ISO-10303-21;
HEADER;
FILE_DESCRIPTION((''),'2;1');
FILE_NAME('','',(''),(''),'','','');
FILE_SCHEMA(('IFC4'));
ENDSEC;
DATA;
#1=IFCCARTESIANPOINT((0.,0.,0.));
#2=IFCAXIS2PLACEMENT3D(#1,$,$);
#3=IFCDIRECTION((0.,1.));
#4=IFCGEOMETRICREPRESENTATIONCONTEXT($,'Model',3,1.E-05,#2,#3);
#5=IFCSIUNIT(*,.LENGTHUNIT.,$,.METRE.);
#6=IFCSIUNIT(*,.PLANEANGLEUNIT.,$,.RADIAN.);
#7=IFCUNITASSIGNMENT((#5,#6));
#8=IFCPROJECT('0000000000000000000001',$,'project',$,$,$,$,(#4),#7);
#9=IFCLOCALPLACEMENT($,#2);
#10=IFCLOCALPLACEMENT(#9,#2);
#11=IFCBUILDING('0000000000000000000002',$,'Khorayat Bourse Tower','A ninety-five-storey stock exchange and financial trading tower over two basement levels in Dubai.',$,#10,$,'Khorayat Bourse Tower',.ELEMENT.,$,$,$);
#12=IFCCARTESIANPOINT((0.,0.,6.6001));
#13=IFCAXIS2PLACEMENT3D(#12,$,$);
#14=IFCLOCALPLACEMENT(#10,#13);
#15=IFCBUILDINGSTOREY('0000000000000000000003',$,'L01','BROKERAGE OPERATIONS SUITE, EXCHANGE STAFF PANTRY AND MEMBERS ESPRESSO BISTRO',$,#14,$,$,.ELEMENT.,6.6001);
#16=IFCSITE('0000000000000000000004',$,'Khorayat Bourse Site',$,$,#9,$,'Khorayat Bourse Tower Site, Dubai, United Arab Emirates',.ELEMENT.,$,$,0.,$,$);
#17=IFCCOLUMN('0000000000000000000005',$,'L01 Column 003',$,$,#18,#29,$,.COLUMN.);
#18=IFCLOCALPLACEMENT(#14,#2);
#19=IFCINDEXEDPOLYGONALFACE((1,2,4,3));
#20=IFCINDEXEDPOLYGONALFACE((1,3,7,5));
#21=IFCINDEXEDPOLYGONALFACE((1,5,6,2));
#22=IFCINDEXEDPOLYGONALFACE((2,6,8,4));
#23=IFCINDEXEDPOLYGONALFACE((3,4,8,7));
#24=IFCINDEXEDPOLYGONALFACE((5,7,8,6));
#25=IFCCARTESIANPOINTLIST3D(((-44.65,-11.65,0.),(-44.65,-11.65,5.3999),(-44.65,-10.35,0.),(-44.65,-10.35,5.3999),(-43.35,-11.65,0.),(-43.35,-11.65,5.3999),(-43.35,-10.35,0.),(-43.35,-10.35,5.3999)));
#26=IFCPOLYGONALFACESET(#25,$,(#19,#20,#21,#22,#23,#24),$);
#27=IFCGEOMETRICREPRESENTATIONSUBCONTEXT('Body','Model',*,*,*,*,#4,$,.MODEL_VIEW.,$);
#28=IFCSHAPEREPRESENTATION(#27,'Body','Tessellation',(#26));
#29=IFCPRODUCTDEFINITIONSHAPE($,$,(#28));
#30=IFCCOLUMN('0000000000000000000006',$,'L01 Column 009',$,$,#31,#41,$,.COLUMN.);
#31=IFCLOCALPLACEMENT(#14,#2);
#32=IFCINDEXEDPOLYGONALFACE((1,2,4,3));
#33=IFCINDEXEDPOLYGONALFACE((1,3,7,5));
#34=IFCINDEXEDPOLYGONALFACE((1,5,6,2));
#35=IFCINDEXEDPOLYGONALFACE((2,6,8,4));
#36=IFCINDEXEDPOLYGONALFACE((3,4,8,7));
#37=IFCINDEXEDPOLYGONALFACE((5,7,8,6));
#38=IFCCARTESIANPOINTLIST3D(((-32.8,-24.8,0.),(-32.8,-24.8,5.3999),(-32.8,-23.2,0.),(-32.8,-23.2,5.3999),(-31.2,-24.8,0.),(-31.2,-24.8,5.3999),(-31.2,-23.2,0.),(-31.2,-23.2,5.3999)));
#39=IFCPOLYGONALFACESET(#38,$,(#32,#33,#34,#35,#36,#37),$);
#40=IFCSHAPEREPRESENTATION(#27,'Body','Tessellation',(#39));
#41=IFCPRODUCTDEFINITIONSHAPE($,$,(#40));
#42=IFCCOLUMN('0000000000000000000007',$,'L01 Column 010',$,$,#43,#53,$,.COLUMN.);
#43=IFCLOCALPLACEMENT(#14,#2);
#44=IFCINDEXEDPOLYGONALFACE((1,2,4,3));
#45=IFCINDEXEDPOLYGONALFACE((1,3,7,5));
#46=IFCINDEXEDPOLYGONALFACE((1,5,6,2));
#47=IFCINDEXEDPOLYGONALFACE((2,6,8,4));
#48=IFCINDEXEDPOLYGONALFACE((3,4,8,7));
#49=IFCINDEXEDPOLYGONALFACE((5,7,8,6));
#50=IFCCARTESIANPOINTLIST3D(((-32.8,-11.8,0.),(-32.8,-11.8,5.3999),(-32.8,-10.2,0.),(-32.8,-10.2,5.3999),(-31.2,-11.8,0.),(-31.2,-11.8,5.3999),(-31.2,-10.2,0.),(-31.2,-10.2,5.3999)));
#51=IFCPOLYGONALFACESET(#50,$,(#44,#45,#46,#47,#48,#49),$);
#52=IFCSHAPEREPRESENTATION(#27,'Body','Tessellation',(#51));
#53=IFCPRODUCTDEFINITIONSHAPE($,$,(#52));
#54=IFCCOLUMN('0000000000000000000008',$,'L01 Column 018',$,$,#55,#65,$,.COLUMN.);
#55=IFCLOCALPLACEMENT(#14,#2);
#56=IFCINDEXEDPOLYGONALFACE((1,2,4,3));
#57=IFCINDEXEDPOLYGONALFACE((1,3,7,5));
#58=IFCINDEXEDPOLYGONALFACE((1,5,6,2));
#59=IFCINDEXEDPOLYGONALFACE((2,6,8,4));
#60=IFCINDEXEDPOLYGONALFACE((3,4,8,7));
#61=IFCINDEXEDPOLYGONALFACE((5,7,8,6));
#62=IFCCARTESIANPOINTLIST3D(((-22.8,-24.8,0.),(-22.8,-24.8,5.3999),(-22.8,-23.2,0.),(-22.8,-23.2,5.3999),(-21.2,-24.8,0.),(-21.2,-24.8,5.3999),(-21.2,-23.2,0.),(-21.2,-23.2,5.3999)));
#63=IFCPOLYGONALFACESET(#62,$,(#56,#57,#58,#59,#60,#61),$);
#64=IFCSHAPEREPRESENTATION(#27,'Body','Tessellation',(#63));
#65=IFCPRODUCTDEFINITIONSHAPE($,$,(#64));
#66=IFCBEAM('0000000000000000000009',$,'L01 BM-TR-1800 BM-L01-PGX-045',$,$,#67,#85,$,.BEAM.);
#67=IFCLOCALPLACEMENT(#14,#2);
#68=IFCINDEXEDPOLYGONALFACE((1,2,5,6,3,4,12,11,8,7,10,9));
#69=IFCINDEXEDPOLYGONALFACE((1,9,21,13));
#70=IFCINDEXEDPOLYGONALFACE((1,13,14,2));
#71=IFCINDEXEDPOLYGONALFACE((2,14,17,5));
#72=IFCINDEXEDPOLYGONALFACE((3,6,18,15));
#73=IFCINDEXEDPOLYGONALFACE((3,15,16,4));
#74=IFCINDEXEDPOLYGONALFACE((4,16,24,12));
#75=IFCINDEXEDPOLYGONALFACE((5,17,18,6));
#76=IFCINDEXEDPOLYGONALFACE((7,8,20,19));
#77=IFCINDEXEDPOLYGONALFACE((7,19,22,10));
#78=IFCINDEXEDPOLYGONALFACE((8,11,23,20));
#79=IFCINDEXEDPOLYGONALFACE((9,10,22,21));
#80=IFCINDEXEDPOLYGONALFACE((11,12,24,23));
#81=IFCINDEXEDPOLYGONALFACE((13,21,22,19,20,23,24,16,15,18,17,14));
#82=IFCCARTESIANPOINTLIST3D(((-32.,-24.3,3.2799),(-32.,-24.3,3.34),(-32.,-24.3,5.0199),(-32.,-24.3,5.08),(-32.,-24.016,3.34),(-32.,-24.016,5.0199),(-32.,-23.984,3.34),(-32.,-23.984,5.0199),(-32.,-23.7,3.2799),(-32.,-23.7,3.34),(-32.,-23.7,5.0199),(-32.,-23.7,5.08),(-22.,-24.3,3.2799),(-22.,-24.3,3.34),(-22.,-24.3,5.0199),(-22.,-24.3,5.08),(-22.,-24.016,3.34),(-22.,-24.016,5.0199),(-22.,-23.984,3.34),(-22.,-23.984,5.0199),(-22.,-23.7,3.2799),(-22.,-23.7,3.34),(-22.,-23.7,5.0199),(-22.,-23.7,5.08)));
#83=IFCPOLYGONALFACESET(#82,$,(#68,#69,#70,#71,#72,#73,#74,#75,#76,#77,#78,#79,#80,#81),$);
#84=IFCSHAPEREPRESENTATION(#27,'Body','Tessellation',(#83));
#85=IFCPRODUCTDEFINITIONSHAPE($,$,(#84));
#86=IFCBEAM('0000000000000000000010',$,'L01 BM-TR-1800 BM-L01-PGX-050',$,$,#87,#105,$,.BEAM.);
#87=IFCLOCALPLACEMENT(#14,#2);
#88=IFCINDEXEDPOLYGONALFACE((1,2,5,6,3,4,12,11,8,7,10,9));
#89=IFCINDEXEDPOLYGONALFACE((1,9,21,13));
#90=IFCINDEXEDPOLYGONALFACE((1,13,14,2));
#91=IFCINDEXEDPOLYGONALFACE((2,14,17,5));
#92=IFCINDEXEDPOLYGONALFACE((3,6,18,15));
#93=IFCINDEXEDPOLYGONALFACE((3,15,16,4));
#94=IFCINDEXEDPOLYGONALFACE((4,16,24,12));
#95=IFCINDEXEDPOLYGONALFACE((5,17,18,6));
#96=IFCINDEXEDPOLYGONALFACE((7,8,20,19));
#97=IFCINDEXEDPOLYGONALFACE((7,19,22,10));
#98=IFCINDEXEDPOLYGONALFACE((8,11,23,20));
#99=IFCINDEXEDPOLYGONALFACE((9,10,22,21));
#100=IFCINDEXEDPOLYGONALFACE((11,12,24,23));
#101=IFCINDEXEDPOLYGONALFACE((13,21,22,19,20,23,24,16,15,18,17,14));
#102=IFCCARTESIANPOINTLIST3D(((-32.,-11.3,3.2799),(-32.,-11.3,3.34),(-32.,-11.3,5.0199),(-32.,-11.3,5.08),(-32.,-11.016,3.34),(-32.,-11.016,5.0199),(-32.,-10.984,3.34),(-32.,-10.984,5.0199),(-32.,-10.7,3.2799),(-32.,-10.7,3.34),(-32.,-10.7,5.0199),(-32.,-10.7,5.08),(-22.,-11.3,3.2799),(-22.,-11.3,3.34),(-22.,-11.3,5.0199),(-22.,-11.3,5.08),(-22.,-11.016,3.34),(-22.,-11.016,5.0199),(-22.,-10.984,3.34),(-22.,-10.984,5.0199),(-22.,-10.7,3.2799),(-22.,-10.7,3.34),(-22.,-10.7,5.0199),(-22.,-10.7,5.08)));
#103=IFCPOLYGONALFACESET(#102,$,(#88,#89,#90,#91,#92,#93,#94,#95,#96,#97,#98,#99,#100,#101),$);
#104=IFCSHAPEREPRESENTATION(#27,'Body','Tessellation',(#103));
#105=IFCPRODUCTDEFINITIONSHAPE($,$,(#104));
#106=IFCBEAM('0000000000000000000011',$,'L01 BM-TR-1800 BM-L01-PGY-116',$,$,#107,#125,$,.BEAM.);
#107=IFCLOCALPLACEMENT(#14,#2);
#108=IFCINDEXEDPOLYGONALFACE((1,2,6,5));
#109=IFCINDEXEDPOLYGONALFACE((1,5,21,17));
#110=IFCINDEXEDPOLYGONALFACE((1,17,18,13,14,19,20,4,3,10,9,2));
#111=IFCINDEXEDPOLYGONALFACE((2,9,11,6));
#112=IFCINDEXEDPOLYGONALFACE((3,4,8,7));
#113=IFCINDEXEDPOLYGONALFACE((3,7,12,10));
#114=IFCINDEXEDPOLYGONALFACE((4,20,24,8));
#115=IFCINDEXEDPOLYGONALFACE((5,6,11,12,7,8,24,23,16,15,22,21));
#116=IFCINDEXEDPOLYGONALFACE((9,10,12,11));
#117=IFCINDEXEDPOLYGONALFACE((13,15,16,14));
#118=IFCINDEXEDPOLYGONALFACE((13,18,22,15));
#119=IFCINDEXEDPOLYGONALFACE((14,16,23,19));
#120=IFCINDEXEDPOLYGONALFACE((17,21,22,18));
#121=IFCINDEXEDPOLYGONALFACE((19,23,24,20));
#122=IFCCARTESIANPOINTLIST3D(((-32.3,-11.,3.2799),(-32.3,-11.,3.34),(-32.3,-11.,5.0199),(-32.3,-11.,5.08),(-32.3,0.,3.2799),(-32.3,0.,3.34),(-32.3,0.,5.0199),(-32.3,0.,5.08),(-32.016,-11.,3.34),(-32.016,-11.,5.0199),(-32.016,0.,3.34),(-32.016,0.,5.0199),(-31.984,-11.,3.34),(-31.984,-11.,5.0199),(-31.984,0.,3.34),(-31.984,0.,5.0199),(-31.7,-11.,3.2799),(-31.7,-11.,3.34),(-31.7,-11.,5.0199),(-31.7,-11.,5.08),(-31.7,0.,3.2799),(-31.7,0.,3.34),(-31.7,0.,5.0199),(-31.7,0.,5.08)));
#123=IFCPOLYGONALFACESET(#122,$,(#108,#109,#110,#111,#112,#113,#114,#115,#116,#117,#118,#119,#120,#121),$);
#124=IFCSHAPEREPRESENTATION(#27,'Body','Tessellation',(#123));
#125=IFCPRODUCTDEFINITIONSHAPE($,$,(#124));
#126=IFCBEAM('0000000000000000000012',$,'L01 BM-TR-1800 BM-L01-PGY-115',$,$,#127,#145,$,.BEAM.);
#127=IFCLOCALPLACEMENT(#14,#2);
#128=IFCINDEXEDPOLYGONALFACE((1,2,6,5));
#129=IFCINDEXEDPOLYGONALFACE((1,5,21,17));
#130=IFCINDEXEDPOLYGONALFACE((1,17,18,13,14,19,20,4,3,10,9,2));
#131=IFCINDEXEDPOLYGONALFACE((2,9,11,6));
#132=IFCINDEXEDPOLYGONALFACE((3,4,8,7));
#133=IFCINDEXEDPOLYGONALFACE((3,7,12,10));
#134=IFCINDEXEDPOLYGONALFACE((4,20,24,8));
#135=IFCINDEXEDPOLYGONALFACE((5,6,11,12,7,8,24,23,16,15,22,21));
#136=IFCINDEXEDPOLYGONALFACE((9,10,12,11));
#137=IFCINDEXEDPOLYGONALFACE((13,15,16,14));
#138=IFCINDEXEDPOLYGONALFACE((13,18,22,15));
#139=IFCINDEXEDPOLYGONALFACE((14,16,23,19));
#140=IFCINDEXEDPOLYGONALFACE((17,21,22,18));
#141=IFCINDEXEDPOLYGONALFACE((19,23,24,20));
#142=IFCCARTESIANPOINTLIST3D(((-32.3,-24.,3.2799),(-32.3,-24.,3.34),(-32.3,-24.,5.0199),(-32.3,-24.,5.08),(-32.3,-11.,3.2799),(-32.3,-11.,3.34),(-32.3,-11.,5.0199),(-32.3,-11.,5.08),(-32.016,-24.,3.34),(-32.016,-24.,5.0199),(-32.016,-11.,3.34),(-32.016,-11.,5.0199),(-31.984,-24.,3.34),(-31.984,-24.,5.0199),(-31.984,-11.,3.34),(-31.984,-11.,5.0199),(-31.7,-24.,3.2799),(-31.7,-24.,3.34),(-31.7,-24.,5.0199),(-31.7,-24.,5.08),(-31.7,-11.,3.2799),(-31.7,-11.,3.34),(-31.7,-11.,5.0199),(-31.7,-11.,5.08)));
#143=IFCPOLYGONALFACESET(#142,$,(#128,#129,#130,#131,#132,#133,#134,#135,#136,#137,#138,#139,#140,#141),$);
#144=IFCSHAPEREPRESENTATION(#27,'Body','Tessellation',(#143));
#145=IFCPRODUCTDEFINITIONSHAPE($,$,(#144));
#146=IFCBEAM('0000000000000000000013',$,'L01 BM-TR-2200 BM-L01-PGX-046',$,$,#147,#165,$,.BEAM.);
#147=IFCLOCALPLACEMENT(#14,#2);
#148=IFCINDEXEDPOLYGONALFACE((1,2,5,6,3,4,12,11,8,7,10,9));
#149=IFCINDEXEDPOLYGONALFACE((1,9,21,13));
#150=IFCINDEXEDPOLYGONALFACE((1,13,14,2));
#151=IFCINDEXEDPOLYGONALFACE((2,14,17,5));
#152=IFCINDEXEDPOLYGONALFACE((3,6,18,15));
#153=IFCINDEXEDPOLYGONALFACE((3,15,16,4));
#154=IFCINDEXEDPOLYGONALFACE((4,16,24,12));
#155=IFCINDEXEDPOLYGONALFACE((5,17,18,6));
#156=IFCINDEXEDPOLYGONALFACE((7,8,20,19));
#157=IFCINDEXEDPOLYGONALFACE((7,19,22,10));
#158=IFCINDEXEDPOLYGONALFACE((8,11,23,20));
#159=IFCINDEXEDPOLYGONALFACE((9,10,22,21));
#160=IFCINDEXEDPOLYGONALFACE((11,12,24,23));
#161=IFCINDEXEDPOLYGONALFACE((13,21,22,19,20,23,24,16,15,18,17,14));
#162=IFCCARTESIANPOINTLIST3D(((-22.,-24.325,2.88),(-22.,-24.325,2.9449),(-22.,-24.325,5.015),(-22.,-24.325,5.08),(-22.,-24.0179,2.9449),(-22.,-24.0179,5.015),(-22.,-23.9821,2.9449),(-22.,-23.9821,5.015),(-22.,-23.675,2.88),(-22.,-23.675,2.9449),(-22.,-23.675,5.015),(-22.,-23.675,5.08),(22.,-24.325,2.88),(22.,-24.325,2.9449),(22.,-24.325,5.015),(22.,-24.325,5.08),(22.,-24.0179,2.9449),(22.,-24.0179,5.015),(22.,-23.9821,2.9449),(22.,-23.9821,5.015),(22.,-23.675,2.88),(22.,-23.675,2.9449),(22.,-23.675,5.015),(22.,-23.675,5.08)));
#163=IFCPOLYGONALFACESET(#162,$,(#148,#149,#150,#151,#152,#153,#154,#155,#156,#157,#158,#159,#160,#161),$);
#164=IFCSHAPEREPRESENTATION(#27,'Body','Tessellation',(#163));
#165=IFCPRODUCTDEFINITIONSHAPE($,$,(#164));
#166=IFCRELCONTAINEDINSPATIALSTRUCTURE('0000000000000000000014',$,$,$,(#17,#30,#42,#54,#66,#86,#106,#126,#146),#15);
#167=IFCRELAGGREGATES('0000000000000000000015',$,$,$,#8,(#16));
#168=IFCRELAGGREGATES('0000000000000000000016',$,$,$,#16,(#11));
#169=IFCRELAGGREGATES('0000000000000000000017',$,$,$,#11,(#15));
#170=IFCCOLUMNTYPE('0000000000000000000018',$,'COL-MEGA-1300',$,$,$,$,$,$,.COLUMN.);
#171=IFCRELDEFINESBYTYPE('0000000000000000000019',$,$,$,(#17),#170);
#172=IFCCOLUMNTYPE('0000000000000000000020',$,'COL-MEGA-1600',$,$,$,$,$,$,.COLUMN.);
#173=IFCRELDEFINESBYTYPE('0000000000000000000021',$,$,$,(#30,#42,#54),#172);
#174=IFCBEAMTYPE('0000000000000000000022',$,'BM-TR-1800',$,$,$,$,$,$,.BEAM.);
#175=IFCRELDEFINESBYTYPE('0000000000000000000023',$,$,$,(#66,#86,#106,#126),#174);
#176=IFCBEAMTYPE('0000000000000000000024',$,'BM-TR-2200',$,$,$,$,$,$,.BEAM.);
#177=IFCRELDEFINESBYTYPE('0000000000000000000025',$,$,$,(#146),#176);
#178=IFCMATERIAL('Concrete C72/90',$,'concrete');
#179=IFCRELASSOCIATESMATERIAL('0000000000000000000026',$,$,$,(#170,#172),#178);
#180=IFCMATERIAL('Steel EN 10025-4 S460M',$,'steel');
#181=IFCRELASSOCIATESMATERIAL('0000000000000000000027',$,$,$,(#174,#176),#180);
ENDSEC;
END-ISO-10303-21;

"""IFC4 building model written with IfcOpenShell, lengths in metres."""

from ifc_helpers import new_model, si_unit, direction, frame, origin, origin_2d, place, context, subcontext, project, spatial, rectangle, i_section, extrude, source, transform, mapped, material, material_profile, profile_set, type_object, element, save


model = new_model("IFC4")

# Units and contexts
model_context = context("Model", 3, precision=1e-05, world=origin(), true_north=direction((0.0, 1.0)))
body_context = subcontext(model_context, "Body", "Model", "MODEL_VIEW")
ifc_project = project(units=[si_unit("LENGTHUNIT", "METRE"), si_unit("PLANEANGLEUNIT", "RADIAN")], contexts=[model_context])

# Site, building, storey
site_placement = place(None, origin())
site = spatial("IfcSite", under=ifc_project, at=site_placement, Name="Khorayat Bourse Site", LongName="Khorayat Bourse Tower Site, Dubai, United Arab Emirates", CompositionType="ELEMENT", RefElevation=0.0)
building_placement = place(site_placement, origin())
building = spatial("IfcBuilding", under=site, at=building_placement, Name="Khorayat Bourse Tower", Description="A ninety-five-storey stock exchange and financial trading tower over two basement levels in Dubai.", LongName="Khorayat Bourse Tower", CompositionType="ELEMENT")
storey_placement = place(building_placement, frame((0.0, 0.0, 6.6001)))
storey = spatial("IfcBuildingStorey", under=building, at=storey_placement, Name="L01", Description="BROKERAGE OPERATIONS SUITE, EXCHANGE STAFF PANTRY AND MEMBERS ESPRESSO BISTRO", CompositionType="ELEMENT", Elevation=6.6001)

# Columns
ifc_material_1 = material(Name="Concrete C72/90", Category="concrete")
ifc_material_profile_1 = material_profile(ifc_material_1, rectangle(XDim=1.3, YDim=1.3, at=origin_2d()), Name="RC 1300x1300")
ifc_profile_set_1 = profile_set([ifc_material_profile_1], Name="Concrete C72/90")
column_type_1 = type_object("IfcColumnType", Name="COL-MEGA-1300", PredefinedType="COLUMN", material=ifc_profile_set_1)
shared_shape_1 = source(origin(), body_context, "Body", "SweptSolid", [
    extrude(rectangle(XDim=1.3, YDim=1.3, at=origin_2d()), origin(), (0.0, 0.0, 1.0), 5.3999),
])
column_placement = place(storey_placement, frame((-44.0, -11.0, 0.0), z_axis=(0.0, 0.0, 1.0), x_axis=(1.0, 0.0, 0.0)))
element("IfcColumn", 1, at=column_placement, inside=storey, type_object=column_type_1, Name="L01 Column 003", PredefinedType="COLUMN", context=body_context, shape_type="MappedRepresentation", body=[
    mapped(shared_shape_1, transform((0.0, 0.0, 0.0), scale=1.0)),
])
ifc_material_profile_2 = material_profile(ifc_material_1, rectangle(XDim=1.6001, YDim=1.6001, at=origin_2d()), Name="RC 1600x1600")
ifc_profile_set_2 = profile_set([ifc_material_profile_2], Name="Concrete C72/90")
column_type_2 = type_object("IfcColumnType", Name="COL-MEGA-1600", PredefinedType="COLUMN", material=ifc_profile_set_2)
shared_shape_2 = source(origin(), body_context, "Body", "SweptSolid", [
    extrude(rectangle(XDim=1.6001, YDim=1.6001, at=origin_2d()), origin(), (0.0, 0.0, 1.0), 5.3999),
])
for number, where, z_axis, x_axis, name in (
    (2, (-32.0, -24.0, 0.0), (0.0, 0.0, 1.0), (1.0, 0.0, 0.0), "L01 Column 009"),
    (3, (-32.0, -11.0, 0.0), (0.0, 0.0, 1.0), (1.0, 0.0, 0.0), "L01 Column 010"),
    (4, (-22.0, -24.0, 0.0), (0.0, 0.0, 1.0), (1.0, 0.0, 0.0), "L01 Column 018"),
):
    element("IfcColumn", number, at=place(storey_placement, frame(where, z_axis=z_axis, x_axis=x_axis)), inside=storey, type_object=column_type_2, Name=name, PredefinedType="COLUMN", context=body_context, shape_type="MappedRepresentation", body=[
        mapped(shared_shape_2, transform((0.0, 0.0, 0.0), scale=1.0)),
    ])

# Beams
ifc_material_2 = material(Name="Steel EN 10025-4 S460M", Category="steel")
ifc_material_profile_3 = material_profile(ifc_material_2, i_section(OverallWidth=0.6001, OverallDepth=1.8, WebThickness=0.032, FlangeThickness=0.0601, at=origin_2d()), Name="PG 1800x600x32x60")
ifc_profile_set_3 = profile_set([ifc_material_profile_3], Name="Steel EN 10025-4 S460M")
beam_type_1 = type_object("IfcBeamType", Name="BM-TR-1800", PredefinedType="BEAM", material=ifc_profile_set_3)
shared_shape_3 = source(origin(), body_context, "Body", "SweptSolid", [
    extrude(i_section(OverallWidth=0.6001, OverallDepth=1.8, WebThickness=0.032, FlangeThickness=0.0601, at=origin_2d()), origin(), (0.0, 0.0, 1.0), 10.0),
])
for number, where, z_axis, x_axis, name in (
    (5, (-32.0, -24.0, 4.1799), (1.0, 0.0, 0.0), (0.0, 1.0, 0.0), "L01 BM-TR-1800 BM-L01-PGX-045"),
    (6, (-32.0, -11.0, 4.1799), (1.0, 0.0, 0.0), (0.0, 1.0, 0.0), "L01 BM-TR-1800 BM-L01-PGX-050"),
):
    element("IfcBeam", number, at=place(storey_placement, frame(where, z_axis=z_axis, x_axis=x_axis)), inside=storey, type_object=beam_type_1, Name=name, PredefinedType="BEAM", context=body_context, shape_type="MappedRepresentation", body=[
        mapped(shared_shape_3, transform((0.0, 0.0, 0.0), scale=1.0)),
    ])
shared_shape_4 = source(origin(), body_context, "Body", "SweptSolid", [
    extrude(i_section(OverallWidth=0.6001, OverallDepth=1.8, WebThickness=0.032, FlangeThickness=0.0601, at=origin_2d()), origin(), (0.0, 0.0, 1.0), 11.0),
])
beam_1_placement = place(storey_placement, frame((-32.0, -11.0, 4.1799), z_axis=(0.0, 1.0, 0.0), x_axis=(-1.0, 0.0, 0.0)))
element("IfcBeam", 7, at=beam_1_placement, inside=storey, type_object=beam_type_1, Name="L01 BM-TR-1800 BM-L01-PGY-116", PredefinedType="BEAM", context=body_context, shape_type="MappedRepresentation", body=[
    mapped(shared_shape_4, transform((0.0, 0.0, 0.0), scale=1.0)),
])
shared_shape_5 = source(origin(), body_context, "Body", "SweptSolid", [
    extrude(i_section(OverallWidth=0.6001, OverallDepth=1.8, WebThickness=0.032, FlangeThickness=0.0601, at=origin_2d()), origin(), (0.0, 0.0, 1.0), 13.0),
])
beam_2_placement = place(storey_placement, frame((-32.0, -24.0, 4.1799), z_axis=(0.0, 1.0, 0.0), x_axis=(-1.0, 0.0, 0.0)))
element("IfcBeam", 8, at=beam_2_placement, inside=storey, type_object=beam_type_1, Name="L01 BM-TR-1800 BM-L01-PGY-115", PredefinedType="BEAM", context=body_context, shape_type="MappedRepresentation", body=[
    mapped(shared_shape_5, transform((0.0, 0.0, 0.0), scale=1.0)),
])
ifc_material_profile_4 = material_profile(ifc_material_2, i_section(OverallWidth=0.6499, OverallDepth=2.2, WebThickness=0.0359, FlangeThickness=0.0649, at=origin_2d()), Name="PG 2200x650x36x65")
ifc_profile_set_4 = profile_set([ifc_material_profile_4], Name="Steel EN 10025-4 S460M")
beam_type_2 = type_object("IfcBeamType", Name="BM-TR-2200", PredefinedType="BEAM", material=ifc_profile_set_4)
shared_shape_6 = source(origin(), body_context, "Body", "SweptSolid", [
    extrude(i_section(OverallWidth=0.6499, OverallDepth=2.2, WebThickness=0.0359, FlangeThickness=0.0649, at=origin_2d()), origin(), (0.0, 0.0, 1.0), 44.0),
])
beam_3_placement = place(storey_placement, frame((-22.0, -24.0, 3.98), z_axis=(1.0, 0.0, 0.0), x_axis=(0.0, 1.0, 0.0)))
element("IfcBeam", 9, at=beam_3_placement, inside=storey, type_object=beam_type_2, Name="L01 BM-TR-2200 BM-L01-PGX-046", PredefinedType="BEAM", context=body_context, shape_type="MappedRepresentation", body=[
    mapped(shared_shape_6, transform((0.0, 0.0, 0.0), scale=1.0)),
])

save(model, "model.ifc")
